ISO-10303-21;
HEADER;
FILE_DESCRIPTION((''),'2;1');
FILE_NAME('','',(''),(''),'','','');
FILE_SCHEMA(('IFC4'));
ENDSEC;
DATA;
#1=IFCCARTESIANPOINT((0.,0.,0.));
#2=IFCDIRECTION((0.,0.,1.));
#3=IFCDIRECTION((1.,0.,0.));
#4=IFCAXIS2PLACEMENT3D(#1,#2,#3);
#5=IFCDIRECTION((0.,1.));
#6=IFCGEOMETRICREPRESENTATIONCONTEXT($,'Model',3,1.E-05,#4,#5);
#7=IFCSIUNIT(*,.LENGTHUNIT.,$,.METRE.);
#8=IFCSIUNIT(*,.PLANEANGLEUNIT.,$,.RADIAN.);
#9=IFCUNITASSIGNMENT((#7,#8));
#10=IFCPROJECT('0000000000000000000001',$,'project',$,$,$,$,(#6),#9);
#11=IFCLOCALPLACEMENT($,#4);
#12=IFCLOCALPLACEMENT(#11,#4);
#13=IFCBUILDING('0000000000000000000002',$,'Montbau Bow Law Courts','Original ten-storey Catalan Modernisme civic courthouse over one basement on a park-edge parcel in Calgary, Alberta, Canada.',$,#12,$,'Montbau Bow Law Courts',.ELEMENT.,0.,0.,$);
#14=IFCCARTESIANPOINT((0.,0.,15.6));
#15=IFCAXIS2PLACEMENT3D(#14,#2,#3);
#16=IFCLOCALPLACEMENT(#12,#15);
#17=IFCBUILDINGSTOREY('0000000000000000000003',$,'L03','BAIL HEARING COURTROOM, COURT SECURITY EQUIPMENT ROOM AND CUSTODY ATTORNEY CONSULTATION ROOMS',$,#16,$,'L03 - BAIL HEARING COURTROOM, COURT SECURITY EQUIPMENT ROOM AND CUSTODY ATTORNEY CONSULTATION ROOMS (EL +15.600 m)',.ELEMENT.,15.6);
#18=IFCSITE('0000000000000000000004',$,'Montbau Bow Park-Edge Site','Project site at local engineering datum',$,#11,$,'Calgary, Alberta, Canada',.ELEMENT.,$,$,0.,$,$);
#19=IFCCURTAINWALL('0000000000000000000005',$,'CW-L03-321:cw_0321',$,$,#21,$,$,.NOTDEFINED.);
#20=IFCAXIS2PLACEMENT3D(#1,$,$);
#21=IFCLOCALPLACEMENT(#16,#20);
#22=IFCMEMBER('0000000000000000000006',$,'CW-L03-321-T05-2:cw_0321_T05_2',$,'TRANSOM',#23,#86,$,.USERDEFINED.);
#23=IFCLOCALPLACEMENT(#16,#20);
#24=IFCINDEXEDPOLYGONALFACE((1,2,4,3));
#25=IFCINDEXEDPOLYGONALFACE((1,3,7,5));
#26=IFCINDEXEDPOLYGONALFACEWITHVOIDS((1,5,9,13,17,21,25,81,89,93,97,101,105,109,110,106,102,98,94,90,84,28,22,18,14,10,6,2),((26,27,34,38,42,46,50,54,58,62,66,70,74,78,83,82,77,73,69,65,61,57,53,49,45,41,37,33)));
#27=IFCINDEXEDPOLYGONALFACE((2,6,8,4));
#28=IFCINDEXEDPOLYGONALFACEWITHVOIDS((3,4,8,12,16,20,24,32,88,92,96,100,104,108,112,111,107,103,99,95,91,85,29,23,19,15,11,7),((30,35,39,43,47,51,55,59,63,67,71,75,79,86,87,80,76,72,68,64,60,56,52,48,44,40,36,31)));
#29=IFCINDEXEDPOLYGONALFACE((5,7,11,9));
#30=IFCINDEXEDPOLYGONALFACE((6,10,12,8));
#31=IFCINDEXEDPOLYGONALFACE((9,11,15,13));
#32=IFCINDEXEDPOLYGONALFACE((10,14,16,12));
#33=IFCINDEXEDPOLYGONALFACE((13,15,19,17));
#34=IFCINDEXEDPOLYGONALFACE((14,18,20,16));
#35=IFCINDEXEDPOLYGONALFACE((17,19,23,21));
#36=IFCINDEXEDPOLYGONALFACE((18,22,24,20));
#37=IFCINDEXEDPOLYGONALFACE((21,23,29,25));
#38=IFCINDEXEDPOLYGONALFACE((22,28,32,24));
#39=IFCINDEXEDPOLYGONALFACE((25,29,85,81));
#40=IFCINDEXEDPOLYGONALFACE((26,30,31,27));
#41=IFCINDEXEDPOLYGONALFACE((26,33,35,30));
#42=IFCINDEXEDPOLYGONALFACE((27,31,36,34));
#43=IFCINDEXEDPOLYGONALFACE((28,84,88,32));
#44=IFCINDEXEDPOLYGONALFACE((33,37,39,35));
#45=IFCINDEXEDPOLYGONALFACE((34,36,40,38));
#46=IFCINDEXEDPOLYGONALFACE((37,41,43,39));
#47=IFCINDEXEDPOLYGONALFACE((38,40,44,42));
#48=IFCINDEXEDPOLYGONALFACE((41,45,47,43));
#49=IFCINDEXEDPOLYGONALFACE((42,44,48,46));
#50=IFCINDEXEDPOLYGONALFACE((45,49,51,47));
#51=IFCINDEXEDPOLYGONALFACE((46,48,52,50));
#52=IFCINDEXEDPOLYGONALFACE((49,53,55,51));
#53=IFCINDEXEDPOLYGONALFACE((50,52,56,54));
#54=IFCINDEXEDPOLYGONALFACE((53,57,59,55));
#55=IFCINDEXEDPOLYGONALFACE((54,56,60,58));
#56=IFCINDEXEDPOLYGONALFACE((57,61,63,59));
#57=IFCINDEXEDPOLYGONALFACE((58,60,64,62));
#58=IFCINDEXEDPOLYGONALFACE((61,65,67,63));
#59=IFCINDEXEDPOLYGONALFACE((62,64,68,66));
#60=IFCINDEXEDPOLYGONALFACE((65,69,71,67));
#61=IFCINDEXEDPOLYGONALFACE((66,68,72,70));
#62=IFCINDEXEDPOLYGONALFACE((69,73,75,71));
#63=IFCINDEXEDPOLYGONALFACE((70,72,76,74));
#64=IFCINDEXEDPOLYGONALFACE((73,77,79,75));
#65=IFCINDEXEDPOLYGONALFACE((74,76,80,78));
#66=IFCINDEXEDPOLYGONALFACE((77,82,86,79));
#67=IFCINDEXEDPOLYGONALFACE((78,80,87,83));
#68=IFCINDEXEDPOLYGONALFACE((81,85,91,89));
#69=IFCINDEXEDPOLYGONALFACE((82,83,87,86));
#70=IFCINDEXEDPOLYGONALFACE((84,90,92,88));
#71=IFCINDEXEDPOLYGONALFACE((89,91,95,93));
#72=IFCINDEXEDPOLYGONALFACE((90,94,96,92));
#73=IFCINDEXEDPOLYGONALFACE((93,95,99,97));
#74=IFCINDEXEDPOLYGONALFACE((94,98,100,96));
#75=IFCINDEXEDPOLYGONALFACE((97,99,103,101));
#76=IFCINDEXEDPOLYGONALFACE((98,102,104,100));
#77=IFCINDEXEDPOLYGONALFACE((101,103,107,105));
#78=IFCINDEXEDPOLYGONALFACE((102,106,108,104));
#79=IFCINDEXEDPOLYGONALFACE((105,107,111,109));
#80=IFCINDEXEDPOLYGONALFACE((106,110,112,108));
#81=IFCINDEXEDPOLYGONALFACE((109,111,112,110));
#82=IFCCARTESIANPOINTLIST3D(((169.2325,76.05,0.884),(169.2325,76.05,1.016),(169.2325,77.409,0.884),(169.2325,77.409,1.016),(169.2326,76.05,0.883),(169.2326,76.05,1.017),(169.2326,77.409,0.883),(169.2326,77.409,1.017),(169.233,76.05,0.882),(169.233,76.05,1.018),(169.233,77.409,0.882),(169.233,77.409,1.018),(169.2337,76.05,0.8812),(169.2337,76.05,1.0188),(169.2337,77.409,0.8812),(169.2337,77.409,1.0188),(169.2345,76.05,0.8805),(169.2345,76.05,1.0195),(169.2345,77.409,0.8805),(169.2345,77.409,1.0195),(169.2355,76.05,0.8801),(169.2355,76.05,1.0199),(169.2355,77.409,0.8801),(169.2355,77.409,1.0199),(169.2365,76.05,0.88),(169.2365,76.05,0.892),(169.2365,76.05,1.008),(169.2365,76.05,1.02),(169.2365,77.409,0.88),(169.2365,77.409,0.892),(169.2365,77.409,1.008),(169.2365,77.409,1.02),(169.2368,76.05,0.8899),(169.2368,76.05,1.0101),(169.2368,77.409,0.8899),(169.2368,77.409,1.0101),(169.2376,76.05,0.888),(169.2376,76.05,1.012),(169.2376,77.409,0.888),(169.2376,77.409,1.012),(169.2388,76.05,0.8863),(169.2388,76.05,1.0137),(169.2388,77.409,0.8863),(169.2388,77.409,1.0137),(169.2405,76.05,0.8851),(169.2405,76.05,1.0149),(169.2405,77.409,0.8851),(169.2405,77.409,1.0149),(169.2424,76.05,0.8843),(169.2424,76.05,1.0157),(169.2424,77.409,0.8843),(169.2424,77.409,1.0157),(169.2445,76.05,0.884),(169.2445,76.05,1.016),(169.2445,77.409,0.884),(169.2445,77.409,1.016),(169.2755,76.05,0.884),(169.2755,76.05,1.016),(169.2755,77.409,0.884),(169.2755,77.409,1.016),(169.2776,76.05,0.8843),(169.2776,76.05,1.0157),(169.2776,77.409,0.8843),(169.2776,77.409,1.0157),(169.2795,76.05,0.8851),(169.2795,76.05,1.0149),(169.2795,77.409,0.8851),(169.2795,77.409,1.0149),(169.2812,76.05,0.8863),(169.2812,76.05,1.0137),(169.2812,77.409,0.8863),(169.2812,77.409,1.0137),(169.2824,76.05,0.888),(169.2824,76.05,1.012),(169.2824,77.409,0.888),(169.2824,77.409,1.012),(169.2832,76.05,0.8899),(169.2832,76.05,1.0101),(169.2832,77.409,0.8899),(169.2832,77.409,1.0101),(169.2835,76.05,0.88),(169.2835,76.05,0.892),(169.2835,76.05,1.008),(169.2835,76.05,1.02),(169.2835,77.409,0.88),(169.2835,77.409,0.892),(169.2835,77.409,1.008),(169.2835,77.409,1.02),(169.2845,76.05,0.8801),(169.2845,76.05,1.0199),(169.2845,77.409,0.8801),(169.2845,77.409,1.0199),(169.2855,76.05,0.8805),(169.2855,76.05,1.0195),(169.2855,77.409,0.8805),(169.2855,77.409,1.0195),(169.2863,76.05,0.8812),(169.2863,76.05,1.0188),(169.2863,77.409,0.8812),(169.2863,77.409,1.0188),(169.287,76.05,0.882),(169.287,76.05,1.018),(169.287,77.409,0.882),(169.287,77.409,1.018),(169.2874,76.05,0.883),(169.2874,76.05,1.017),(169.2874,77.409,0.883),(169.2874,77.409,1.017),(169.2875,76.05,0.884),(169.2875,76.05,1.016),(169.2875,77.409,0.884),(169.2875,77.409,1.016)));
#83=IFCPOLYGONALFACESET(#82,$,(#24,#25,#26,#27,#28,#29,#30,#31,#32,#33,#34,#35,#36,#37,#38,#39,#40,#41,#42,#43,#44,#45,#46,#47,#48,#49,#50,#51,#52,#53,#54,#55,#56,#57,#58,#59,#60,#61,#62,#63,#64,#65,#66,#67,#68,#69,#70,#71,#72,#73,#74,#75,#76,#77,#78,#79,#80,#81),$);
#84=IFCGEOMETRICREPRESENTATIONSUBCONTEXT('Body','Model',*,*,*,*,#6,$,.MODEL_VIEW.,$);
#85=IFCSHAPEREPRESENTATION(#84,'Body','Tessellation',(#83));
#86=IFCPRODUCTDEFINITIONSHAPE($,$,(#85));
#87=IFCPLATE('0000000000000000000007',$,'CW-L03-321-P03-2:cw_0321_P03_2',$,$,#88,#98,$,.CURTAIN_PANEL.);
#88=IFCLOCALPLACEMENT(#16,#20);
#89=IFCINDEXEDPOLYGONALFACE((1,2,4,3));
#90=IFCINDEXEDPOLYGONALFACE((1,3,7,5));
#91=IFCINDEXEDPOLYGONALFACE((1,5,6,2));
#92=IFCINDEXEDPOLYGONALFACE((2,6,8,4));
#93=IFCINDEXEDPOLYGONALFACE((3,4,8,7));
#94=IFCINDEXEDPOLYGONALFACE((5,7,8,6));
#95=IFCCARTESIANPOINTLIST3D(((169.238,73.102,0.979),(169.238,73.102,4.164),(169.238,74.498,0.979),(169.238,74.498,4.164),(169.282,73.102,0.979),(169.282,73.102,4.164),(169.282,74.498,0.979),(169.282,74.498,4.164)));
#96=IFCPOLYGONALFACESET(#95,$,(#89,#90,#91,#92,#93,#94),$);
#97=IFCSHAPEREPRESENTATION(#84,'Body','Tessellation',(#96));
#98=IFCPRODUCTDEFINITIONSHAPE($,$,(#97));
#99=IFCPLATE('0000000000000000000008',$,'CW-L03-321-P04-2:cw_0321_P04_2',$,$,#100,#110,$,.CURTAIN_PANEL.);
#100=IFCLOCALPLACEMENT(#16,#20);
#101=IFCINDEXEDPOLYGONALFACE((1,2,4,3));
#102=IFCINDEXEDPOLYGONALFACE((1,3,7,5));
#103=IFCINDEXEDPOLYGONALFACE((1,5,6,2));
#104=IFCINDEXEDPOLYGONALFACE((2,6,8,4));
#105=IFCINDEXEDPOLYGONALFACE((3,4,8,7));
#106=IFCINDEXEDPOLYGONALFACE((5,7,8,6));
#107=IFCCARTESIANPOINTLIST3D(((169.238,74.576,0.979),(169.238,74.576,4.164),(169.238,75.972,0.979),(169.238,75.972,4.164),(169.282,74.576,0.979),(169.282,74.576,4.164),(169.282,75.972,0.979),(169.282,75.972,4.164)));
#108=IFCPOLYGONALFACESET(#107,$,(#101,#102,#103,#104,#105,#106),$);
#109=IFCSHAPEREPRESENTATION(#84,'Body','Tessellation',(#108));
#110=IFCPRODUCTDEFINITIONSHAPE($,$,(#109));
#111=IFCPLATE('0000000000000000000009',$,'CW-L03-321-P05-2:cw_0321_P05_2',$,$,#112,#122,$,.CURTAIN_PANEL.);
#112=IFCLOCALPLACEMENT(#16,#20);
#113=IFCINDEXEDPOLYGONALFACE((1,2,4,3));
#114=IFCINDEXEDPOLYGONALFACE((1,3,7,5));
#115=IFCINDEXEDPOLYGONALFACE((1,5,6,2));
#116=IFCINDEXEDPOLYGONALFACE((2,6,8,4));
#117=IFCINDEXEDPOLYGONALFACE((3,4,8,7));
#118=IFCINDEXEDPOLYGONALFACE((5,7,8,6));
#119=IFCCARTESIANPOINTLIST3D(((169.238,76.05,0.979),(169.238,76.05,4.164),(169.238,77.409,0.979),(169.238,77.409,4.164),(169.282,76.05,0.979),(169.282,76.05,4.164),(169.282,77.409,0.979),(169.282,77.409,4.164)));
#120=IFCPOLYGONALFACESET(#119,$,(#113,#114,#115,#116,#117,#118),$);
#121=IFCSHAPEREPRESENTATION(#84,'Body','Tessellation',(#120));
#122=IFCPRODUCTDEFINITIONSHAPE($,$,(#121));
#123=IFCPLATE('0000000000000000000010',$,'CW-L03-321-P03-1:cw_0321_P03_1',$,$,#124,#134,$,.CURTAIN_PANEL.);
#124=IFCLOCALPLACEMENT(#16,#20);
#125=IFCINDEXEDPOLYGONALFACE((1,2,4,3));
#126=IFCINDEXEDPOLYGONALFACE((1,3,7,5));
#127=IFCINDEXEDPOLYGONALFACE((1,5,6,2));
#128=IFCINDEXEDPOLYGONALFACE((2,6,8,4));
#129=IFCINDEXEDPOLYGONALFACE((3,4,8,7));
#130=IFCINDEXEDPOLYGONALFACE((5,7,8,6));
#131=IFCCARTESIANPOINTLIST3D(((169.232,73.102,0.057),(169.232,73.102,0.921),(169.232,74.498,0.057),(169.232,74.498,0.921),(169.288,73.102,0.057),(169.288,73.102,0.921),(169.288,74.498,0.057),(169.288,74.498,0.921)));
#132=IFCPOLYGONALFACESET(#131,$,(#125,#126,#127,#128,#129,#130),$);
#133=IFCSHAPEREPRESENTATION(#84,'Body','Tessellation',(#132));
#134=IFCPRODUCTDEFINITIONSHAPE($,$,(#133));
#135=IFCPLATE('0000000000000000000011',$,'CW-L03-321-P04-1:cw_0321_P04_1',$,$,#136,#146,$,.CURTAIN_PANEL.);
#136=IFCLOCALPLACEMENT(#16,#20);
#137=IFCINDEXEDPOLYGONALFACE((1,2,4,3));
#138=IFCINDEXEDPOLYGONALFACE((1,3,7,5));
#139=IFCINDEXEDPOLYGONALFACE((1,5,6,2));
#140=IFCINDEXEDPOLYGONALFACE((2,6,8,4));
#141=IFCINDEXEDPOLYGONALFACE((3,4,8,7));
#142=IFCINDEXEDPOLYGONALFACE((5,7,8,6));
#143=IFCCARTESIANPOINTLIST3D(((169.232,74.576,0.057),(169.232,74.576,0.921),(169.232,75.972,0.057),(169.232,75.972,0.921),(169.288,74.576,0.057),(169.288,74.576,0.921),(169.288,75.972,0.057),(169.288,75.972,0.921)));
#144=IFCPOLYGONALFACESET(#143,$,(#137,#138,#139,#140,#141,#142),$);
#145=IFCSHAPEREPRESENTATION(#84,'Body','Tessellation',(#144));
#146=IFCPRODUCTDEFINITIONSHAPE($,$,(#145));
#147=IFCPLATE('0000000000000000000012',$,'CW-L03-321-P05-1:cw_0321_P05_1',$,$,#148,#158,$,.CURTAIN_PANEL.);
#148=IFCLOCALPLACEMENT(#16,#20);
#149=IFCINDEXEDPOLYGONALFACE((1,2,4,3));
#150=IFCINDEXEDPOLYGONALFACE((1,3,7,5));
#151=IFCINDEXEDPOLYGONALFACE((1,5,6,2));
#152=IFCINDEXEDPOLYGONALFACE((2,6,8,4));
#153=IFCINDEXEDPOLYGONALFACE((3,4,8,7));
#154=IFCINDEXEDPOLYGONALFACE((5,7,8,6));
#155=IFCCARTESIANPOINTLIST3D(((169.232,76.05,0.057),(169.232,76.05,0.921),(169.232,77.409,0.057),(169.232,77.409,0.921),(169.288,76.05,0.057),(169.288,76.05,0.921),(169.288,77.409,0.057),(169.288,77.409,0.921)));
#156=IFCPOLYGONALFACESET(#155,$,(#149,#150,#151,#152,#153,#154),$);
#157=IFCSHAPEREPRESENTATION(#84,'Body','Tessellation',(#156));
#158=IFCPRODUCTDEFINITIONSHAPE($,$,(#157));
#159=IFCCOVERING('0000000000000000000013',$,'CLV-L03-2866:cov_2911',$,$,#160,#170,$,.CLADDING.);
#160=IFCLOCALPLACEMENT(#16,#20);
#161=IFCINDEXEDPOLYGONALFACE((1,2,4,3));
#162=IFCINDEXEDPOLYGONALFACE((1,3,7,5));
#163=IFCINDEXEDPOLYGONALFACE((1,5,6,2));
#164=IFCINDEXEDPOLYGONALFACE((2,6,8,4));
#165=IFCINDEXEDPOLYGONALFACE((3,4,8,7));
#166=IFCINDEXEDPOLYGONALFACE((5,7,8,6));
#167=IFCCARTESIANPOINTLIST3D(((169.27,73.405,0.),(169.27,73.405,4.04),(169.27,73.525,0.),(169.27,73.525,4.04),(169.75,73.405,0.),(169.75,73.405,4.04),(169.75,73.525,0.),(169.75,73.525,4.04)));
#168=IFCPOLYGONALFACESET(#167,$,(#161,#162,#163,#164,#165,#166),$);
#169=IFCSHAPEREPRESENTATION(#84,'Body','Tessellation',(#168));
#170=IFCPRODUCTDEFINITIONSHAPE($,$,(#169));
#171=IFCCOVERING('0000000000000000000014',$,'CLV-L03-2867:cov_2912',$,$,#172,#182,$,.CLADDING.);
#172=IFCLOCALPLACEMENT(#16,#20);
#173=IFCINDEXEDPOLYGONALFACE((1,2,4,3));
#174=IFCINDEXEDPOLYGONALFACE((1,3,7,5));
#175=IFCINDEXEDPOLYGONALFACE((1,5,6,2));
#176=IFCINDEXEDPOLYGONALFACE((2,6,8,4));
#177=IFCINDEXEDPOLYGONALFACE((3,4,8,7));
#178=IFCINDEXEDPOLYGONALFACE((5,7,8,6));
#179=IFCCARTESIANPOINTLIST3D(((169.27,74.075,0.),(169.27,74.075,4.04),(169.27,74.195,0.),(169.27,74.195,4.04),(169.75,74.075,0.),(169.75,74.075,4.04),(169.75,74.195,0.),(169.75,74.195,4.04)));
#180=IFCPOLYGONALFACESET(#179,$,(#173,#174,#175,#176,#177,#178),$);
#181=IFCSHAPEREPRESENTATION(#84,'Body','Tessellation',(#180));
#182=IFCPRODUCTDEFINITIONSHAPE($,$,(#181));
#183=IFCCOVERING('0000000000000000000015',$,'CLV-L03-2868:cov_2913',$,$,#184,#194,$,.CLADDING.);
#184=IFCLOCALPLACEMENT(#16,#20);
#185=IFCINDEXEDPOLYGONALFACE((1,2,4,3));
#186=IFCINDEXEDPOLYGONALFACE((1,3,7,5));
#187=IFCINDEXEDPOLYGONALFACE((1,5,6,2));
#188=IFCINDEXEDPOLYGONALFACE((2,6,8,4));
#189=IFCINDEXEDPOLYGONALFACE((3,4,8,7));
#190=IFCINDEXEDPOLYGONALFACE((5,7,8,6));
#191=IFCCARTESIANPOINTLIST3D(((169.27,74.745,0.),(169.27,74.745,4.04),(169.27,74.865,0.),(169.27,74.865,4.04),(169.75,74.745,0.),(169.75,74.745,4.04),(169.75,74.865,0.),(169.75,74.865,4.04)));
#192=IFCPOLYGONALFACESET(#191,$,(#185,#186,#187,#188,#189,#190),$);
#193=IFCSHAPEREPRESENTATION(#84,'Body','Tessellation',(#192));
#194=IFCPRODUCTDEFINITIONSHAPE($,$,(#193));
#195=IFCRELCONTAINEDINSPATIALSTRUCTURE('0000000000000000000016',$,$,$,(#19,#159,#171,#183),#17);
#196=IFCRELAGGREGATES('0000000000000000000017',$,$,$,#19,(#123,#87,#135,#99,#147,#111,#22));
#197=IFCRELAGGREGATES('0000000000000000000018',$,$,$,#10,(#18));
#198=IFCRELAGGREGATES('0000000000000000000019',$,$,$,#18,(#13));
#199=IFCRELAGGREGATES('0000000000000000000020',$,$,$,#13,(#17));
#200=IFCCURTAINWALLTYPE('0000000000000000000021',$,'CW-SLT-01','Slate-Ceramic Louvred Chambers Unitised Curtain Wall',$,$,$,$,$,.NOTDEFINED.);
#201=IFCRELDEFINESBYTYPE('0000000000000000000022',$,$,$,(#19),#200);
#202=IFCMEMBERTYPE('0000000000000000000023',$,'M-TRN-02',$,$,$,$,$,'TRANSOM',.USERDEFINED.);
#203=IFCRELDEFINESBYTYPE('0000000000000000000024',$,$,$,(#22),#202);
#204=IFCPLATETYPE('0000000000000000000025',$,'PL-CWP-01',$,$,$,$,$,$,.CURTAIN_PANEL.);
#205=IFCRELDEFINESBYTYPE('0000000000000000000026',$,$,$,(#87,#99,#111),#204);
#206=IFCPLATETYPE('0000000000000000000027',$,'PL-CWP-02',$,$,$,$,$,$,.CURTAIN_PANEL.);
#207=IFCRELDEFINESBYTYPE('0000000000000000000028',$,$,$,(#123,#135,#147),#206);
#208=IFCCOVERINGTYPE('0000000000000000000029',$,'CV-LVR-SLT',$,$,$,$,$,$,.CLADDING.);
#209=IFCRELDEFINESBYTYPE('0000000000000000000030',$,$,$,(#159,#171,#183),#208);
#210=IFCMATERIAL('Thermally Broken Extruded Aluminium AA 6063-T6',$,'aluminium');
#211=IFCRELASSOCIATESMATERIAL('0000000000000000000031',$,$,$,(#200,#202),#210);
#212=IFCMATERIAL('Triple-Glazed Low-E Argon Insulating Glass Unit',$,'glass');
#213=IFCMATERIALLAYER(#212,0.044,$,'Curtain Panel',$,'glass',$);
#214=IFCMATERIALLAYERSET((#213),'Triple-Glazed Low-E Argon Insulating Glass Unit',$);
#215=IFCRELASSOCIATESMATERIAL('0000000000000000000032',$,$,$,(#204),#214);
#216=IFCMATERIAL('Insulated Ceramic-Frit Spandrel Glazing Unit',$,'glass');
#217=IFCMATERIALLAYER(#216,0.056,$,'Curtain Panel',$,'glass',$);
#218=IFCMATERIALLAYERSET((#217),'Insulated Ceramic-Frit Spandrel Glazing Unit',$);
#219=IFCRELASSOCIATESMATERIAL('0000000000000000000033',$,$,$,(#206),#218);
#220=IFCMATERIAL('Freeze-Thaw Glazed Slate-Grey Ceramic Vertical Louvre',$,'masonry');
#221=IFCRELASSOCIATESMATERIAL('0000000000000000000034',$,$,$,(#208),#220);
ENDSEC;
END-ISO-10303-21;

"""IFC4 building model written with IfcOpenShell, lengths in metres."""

from ifc_helpers import new_model, si_unit, direction, frame, frame_2d, origin_with_axes, origin_2d_with_axis, place, context, subcontext, project, spatial, rectangle, hollow_rectangle, extrude, material, layer, layer_set, material_profile, profile_set, type_object, element, aggregate, save


model = new_model("IFC4")

# Units and contexts
model_context = context("Model", 3, precision=1e-05, world=origin_with_axes(), true_north=direction((0.0, 1.0)))
body_context = subcontext(model_context, "Body", "Model", "MODEL_VIEW")
ifc_project = project(units=[si_unit("LENGTHUNIT", "METRE"), si_unit("PLANEANGLEUNIT", "RADIAN")], contexts=[model_context])

# Site, building, storey
site_placement = place(None, origin_with_axes())
site = spatial("IfcSite", under=ifc_project, at=site_placement, Name="Montbau Bow Park-Edge Site", Description="Project site at local engineering datum", LongName="Calgary, Alberta, Canada", CompositionType="ELEMENT", RefElevation=0.0)
building_placement = place(site_placement, origin_with_axes())
building = spatial("IfcBuilding", under=site, at=building_placement, Name="Montbau Bow Law Courts", Description="Original ten-storey Catalan Modernisme civic courthouse over one basement on a park-edge parcel in Calgary, Alberta, Canada.", LongName="Montbau Bow Law Courts", CompositionType="ELEMENT", ElevationOfRefHeight=0.0, ElevationOfTerrain=0.0)
storey_placement = place(building_placement, frame((0.0, 0.0, 15.6), z_axis=(0.0, 0.0, 1.0), x_axis=(1.0, 0.0, 0.0)))
storey = spatial("IfcBuildingStorey", under=building, at=storey_placement, Name="L03", Description="BAIL HEARING COURTROOM, COURT SECURITY EQUIPMENT ROOM AND CUSTODY ATTORNEY CONSULTATION ROOMS", LongName="L03 - BAIL HEARING COURTROOM, COURT SECURITY EQUIPMENT ROOM AND CUSTODY ATTORNEY CONSULTATION ROOMS (EL +15.600 m)", CompositionType="ELEMENT", Elevation=15.6)

# Curtain wall, member, plates
ifc_material_1 = material(Name="Thermally Broken Extruded Aluminium AA 6063-T6", Category="aluminium")
curtain_wall_type = type_object("IfcCurtainWallType", Name="CW-SLT-01", Description="Slate-Ceramic Louvred Chambers Unitised Curtain Wall", PredefinedType="NOTDEFINED", material=ifc_material_1)
curtain_wall_placement = place(None, frame((169.26, 70.115, 15.6), z_axis=(0.0, 0.0, 1.0), x_axis=(1.0, 0.0, 0.0)))
curtain_wall = element("IfcCurtainWall", 1, at=curtain_wall_placement, inside=storey, type_object=curtain_wall_type, Name="CW-L03-321:cw_0321", PredefinedType="NOTDEFINED")
ifc_material_profile_1 = material_profile(ifc_material_1, hollow_rectangle(XDim=0.055, YDim=0.14, WallThickness=0.004, InnerFilletRadius=0.008, OuterFilletRadius=0.004, at=origin_2d_with_axis()), Name="CWT-140X55", Category="Main", Priority=0)
ifc_profile_set_1 = profile_set([ifc_material_profile_1], Name="Thermally Broken Extruded Aluminium AA 6063-T6")
member_type_1 = type_object("IfcMemberType", Name="M-TRN-02", ElementType="TRANSOM", PredefinedType="USERDEFINED", material=ifc_profile_set_1)
member_1_placement = place(None, frame((169.26, 76.05, 16.55), z_axis=(0.0, 1.0, 0.0), x_axis=(-1.0, 0.0, 0.0)))
member_1 = element("IfcMember", 2, at=member_1_placement, type_object=member_type_1, Name="CW-L03-321-T05-2:cw_0321_T05_2", ObjectType="TRANSOM", PredefinedType="USERDEFINED", context=body_context, shape_type="SweptSolid", body=[
    extrude(hollow_rectangle(XDim=0.055, YDim=0.14, WallThickness=0.004, InnerFilletRadius=0.008, OuterFilletRadius=0.004, at=origin_2d_with_axis()), origin_with_axes(), (0.0, 0.0, 1.0), 1.359),
])
ifc_material_2 = material(Name="Triple-Glazed Low-E Argon Insulating Glass Unit", Category="glass")
ifc_layer_1 = layer(ifc_material_2, 0.044, Name="Curtain Panel", Category="glass")
ifc_layer_set_1 = layer_set([ifc_layer_1], Name="Triple-Glazed Low-E Argon Insulating Glass Unit")
plate_type_1 = type_object("IfcPlateType", Name="PL-CWP-01", PredefinedType="CURTAIN_PANEL", material=ifc_layer_set_1)
plate_1_placement = place(None, frame((169.26, 73.102, 16.579), z_axis=(1.0, 0.0, 0.0), x_axis=(0.0, 1.0, 0.0)))
plate_1 = element("IfcPlate", 3, at=plate_1_placement, type_object=plate_type_1, Name="CW-L03-321-P03-2:cw_0321_P03_2", PredefinedType="CURTAIN_PANEL", context=body_context, shape_type="SweptSolid", body=[
    extrude(rectangle(XDim=1.396, YDim=3.185, at=frame_2d((0.698, 1.5925), x_axis=(1.0, 0.0))), frame((0.0, 0.0, -0.022), z_axis=(0.0, 0.0, 1.0), x_axis=(1.0, 0.0, 0.0)), (0.0, 0.0, 1.0), 0.044),
])
plate_2_placement = place(None, frame((169.26, 74.576, 16.579), z_axis=(1.0, 0.0, 0.0), x_axis=(0.0, 1.0, 0.0)))
plate_2 = element("IfcPlate", 4, at=plate_2_placement, type_object=plate_type_1, Name="CW-L03-321-P04-2:cw_0321_P04_2", PredefinedType="CURTAIN_PANEL", context=body_context, shape_type="SweptSolid", body=[
    extrude(rectangle(XDim=1.396, YDim=3.185, at=frame_2d((0.698, 1.5925), x_axis=(1.0, 0.0))), frame((0.0, 0.0, -0.022), z_axis=(0.0, 0.0, 1.0), x_axis=(1.0, 0.0, 0.0)), (0.0, 0.0, 1.0), 0.044),
])
plate_3_placement = place(None, frame((169.26, 76.05, 16.579), z_axis=(1.0, 0.0, 0.0), x_axis=(0.0, 1.0, 0.0)))
plate_3 = element("IfcPlate", 5, at=plate_3_placement, type_object=plate_type_1, Name="CW-L03-321-P05-2:cw_0321_P05_2", PredefinedType="CURTAIN_PANEL", context=body_context, shape_type="SweptSolid", body=[
    extrude(rectangle(XDim=1.359, YDim=3.185, at=frame_2d((0.6795, 1.5925), x_axis=(1.0, 0.0))), frame((0.0, 0.0, -0.022), z_axis=(0.0, 0.0, 1.0), x_axis=(1.0, 0.0, 0.0)), (0.0, 0.0, 1.0), 0.044),
])
ifc_material_3 = material(Name="Insulated Ceramic-Frit Spandrel Glazing Unit", Category="glass")
ifc_layer_2 = layer(ifc_material_3, 0.056, Name="Curtain Panel", Category="glass")
ifc_layer_set_2 = layer_set([ifc_layer_2], Name="Insulated Ceramic-Frit Spandrel Glazing Unit")
plate_type_2 = type_object("IfcPlateType", Name="PL-CWP-02", PredefinedType="CURTAIN_PANEL", material=ifc_layer_set_2)
plate_4_placement = place(None, frame((169.26, 73.102, 15.657), z_axis=(1.0, 0.0, 0.0), x_axis=(0.0, 1.0, 0.0)))
plate_4 = element("IfcPlate", 6, at=plate_4_placement, type_object=plate_type_2, Name="CW-L03-321-P03-1:cw_0321_P03_1", PredefinedType="CURTAIN_PANEL", context=body_context, shape_type="SweptSolid", body=[
    extrude(rectangle(XDim=1.396, YDim=0.864, at=frame_2d((0.698, 0.432), x_axis=(1.0, 0.0))), frame((0.0, 0.0, -0.028), z_axis=(0.0, 0.0, 1.0), x_axis=(1.0, 0.0, 0.0)), (0.0, 0.0, 1.0), 0.056),
])
plate_5_placement = place(None, frame((169.26, 74.576, 15.657), z_axis=(1.0, 0.0, 0.0), x_axis=(0.0, 1.0, 0.0)))
plate_5 = element("IfcPlate", 7, at=plate_5_placement, type_object=plate_type_2, Name="CW-L03-321-P04-1:cw_0321_P04_1", PredefinedType="CURTAIN_PANEL", context=body_context, shape_type="SweptSolid", body=[
    extrude(rectangle(XDim=1.396, YDim=0.864, at=frame_2d((0.698, 0.432), x_axis=(1.0, 0.0))), frame((0.0, 0.0, -0.028), z_axis=(0.0, 0.0, 1.0), x_axis=(1.0, 0.0, 0.0)), (0.0, 0.0, 1.0), 0.056),
])
plate_6_placement = place(None, frame((169.26, 76.05, 15.657), z_axis=(1.0, 0.0, 0.0), x_axis=(0.0, 1.0, 0.0)))
plate_6 = element("IfcPlate", 8, at=plate_6_placement, type_object=plate_type_2, Name="CW-L03-321-P05-1:cw_0321_P05_1", PredefinedType="CURTAIN_PANEL", context=body_context, shape_type="SweptSolid", body=[
    extrude(rectangle(XDim=1.359, YDim=0.864, at=frame_2d((0.6795, 0.432), x_axis=(1.0, 0.0))), frame((0.0, 0.0, -0.028), z_axis=(0.0, 0.0, 1.0), x_axis=(1.0, 0.0, 0.0)), (0.0, 0.0, 1.0), 0.056),
])
aggregate(curtain_wall, [plate_4, plate_1, plate_5, plate_2, plate_6, plate_3, member_1])

# Coverings
ifc_material_4 = material(Name="Freeze-Thaw Glazed Slate-Grey Ceramic Vertical Louvre", Category="masonry")
covering_type = type_object("IfcCoveringType", Name="CV-LVR-SLT", PredefinedType="CLADDING", material=ifc_material_4)
for number, where, z_axis, x_axis, name in (
    (9, (169.27, 73.465, 15.6), (0.0, -1.0, 0.0), (1.0, 0.0, 0.0), "CLV-L03-2866:cov_2911"),
    (10, (169.27, 74.135, 15.6), (0.0, -1.0, 0.0), (1.0, 0.0, 0.0), "CLV-L03-2867:cov_2912"),
    (11, (169.27, 74.805, 15.6), (0.0, -1.0, 0.0), (1.0, 0.0, 0.0), "CLV-L03-2868:cov_2913"),
):
    element("IfcCovering", number, at=place(None, frame(where, z_axis=z_axis, x_axis=x_axis)), inside=storey, type_object=covering_type, Name=name, PredefinedType="CLADDING", context=body_context, shape_type="SweptSolid", body=[
        extrude(rectangle(XDim=0.48, YDim=4.04, at=frame_2d((0.24, 2.02), x_axis=(1.0, 0.0))), frame((0.0, 0.0, -0.06), z_axis=(0.0, 0.0, 1.0), x_axis=(1.0, 0.0, 0.0)), (0.0, 0.0, 1.0), 0.12),
    ])

save(model, "model.ifc")
